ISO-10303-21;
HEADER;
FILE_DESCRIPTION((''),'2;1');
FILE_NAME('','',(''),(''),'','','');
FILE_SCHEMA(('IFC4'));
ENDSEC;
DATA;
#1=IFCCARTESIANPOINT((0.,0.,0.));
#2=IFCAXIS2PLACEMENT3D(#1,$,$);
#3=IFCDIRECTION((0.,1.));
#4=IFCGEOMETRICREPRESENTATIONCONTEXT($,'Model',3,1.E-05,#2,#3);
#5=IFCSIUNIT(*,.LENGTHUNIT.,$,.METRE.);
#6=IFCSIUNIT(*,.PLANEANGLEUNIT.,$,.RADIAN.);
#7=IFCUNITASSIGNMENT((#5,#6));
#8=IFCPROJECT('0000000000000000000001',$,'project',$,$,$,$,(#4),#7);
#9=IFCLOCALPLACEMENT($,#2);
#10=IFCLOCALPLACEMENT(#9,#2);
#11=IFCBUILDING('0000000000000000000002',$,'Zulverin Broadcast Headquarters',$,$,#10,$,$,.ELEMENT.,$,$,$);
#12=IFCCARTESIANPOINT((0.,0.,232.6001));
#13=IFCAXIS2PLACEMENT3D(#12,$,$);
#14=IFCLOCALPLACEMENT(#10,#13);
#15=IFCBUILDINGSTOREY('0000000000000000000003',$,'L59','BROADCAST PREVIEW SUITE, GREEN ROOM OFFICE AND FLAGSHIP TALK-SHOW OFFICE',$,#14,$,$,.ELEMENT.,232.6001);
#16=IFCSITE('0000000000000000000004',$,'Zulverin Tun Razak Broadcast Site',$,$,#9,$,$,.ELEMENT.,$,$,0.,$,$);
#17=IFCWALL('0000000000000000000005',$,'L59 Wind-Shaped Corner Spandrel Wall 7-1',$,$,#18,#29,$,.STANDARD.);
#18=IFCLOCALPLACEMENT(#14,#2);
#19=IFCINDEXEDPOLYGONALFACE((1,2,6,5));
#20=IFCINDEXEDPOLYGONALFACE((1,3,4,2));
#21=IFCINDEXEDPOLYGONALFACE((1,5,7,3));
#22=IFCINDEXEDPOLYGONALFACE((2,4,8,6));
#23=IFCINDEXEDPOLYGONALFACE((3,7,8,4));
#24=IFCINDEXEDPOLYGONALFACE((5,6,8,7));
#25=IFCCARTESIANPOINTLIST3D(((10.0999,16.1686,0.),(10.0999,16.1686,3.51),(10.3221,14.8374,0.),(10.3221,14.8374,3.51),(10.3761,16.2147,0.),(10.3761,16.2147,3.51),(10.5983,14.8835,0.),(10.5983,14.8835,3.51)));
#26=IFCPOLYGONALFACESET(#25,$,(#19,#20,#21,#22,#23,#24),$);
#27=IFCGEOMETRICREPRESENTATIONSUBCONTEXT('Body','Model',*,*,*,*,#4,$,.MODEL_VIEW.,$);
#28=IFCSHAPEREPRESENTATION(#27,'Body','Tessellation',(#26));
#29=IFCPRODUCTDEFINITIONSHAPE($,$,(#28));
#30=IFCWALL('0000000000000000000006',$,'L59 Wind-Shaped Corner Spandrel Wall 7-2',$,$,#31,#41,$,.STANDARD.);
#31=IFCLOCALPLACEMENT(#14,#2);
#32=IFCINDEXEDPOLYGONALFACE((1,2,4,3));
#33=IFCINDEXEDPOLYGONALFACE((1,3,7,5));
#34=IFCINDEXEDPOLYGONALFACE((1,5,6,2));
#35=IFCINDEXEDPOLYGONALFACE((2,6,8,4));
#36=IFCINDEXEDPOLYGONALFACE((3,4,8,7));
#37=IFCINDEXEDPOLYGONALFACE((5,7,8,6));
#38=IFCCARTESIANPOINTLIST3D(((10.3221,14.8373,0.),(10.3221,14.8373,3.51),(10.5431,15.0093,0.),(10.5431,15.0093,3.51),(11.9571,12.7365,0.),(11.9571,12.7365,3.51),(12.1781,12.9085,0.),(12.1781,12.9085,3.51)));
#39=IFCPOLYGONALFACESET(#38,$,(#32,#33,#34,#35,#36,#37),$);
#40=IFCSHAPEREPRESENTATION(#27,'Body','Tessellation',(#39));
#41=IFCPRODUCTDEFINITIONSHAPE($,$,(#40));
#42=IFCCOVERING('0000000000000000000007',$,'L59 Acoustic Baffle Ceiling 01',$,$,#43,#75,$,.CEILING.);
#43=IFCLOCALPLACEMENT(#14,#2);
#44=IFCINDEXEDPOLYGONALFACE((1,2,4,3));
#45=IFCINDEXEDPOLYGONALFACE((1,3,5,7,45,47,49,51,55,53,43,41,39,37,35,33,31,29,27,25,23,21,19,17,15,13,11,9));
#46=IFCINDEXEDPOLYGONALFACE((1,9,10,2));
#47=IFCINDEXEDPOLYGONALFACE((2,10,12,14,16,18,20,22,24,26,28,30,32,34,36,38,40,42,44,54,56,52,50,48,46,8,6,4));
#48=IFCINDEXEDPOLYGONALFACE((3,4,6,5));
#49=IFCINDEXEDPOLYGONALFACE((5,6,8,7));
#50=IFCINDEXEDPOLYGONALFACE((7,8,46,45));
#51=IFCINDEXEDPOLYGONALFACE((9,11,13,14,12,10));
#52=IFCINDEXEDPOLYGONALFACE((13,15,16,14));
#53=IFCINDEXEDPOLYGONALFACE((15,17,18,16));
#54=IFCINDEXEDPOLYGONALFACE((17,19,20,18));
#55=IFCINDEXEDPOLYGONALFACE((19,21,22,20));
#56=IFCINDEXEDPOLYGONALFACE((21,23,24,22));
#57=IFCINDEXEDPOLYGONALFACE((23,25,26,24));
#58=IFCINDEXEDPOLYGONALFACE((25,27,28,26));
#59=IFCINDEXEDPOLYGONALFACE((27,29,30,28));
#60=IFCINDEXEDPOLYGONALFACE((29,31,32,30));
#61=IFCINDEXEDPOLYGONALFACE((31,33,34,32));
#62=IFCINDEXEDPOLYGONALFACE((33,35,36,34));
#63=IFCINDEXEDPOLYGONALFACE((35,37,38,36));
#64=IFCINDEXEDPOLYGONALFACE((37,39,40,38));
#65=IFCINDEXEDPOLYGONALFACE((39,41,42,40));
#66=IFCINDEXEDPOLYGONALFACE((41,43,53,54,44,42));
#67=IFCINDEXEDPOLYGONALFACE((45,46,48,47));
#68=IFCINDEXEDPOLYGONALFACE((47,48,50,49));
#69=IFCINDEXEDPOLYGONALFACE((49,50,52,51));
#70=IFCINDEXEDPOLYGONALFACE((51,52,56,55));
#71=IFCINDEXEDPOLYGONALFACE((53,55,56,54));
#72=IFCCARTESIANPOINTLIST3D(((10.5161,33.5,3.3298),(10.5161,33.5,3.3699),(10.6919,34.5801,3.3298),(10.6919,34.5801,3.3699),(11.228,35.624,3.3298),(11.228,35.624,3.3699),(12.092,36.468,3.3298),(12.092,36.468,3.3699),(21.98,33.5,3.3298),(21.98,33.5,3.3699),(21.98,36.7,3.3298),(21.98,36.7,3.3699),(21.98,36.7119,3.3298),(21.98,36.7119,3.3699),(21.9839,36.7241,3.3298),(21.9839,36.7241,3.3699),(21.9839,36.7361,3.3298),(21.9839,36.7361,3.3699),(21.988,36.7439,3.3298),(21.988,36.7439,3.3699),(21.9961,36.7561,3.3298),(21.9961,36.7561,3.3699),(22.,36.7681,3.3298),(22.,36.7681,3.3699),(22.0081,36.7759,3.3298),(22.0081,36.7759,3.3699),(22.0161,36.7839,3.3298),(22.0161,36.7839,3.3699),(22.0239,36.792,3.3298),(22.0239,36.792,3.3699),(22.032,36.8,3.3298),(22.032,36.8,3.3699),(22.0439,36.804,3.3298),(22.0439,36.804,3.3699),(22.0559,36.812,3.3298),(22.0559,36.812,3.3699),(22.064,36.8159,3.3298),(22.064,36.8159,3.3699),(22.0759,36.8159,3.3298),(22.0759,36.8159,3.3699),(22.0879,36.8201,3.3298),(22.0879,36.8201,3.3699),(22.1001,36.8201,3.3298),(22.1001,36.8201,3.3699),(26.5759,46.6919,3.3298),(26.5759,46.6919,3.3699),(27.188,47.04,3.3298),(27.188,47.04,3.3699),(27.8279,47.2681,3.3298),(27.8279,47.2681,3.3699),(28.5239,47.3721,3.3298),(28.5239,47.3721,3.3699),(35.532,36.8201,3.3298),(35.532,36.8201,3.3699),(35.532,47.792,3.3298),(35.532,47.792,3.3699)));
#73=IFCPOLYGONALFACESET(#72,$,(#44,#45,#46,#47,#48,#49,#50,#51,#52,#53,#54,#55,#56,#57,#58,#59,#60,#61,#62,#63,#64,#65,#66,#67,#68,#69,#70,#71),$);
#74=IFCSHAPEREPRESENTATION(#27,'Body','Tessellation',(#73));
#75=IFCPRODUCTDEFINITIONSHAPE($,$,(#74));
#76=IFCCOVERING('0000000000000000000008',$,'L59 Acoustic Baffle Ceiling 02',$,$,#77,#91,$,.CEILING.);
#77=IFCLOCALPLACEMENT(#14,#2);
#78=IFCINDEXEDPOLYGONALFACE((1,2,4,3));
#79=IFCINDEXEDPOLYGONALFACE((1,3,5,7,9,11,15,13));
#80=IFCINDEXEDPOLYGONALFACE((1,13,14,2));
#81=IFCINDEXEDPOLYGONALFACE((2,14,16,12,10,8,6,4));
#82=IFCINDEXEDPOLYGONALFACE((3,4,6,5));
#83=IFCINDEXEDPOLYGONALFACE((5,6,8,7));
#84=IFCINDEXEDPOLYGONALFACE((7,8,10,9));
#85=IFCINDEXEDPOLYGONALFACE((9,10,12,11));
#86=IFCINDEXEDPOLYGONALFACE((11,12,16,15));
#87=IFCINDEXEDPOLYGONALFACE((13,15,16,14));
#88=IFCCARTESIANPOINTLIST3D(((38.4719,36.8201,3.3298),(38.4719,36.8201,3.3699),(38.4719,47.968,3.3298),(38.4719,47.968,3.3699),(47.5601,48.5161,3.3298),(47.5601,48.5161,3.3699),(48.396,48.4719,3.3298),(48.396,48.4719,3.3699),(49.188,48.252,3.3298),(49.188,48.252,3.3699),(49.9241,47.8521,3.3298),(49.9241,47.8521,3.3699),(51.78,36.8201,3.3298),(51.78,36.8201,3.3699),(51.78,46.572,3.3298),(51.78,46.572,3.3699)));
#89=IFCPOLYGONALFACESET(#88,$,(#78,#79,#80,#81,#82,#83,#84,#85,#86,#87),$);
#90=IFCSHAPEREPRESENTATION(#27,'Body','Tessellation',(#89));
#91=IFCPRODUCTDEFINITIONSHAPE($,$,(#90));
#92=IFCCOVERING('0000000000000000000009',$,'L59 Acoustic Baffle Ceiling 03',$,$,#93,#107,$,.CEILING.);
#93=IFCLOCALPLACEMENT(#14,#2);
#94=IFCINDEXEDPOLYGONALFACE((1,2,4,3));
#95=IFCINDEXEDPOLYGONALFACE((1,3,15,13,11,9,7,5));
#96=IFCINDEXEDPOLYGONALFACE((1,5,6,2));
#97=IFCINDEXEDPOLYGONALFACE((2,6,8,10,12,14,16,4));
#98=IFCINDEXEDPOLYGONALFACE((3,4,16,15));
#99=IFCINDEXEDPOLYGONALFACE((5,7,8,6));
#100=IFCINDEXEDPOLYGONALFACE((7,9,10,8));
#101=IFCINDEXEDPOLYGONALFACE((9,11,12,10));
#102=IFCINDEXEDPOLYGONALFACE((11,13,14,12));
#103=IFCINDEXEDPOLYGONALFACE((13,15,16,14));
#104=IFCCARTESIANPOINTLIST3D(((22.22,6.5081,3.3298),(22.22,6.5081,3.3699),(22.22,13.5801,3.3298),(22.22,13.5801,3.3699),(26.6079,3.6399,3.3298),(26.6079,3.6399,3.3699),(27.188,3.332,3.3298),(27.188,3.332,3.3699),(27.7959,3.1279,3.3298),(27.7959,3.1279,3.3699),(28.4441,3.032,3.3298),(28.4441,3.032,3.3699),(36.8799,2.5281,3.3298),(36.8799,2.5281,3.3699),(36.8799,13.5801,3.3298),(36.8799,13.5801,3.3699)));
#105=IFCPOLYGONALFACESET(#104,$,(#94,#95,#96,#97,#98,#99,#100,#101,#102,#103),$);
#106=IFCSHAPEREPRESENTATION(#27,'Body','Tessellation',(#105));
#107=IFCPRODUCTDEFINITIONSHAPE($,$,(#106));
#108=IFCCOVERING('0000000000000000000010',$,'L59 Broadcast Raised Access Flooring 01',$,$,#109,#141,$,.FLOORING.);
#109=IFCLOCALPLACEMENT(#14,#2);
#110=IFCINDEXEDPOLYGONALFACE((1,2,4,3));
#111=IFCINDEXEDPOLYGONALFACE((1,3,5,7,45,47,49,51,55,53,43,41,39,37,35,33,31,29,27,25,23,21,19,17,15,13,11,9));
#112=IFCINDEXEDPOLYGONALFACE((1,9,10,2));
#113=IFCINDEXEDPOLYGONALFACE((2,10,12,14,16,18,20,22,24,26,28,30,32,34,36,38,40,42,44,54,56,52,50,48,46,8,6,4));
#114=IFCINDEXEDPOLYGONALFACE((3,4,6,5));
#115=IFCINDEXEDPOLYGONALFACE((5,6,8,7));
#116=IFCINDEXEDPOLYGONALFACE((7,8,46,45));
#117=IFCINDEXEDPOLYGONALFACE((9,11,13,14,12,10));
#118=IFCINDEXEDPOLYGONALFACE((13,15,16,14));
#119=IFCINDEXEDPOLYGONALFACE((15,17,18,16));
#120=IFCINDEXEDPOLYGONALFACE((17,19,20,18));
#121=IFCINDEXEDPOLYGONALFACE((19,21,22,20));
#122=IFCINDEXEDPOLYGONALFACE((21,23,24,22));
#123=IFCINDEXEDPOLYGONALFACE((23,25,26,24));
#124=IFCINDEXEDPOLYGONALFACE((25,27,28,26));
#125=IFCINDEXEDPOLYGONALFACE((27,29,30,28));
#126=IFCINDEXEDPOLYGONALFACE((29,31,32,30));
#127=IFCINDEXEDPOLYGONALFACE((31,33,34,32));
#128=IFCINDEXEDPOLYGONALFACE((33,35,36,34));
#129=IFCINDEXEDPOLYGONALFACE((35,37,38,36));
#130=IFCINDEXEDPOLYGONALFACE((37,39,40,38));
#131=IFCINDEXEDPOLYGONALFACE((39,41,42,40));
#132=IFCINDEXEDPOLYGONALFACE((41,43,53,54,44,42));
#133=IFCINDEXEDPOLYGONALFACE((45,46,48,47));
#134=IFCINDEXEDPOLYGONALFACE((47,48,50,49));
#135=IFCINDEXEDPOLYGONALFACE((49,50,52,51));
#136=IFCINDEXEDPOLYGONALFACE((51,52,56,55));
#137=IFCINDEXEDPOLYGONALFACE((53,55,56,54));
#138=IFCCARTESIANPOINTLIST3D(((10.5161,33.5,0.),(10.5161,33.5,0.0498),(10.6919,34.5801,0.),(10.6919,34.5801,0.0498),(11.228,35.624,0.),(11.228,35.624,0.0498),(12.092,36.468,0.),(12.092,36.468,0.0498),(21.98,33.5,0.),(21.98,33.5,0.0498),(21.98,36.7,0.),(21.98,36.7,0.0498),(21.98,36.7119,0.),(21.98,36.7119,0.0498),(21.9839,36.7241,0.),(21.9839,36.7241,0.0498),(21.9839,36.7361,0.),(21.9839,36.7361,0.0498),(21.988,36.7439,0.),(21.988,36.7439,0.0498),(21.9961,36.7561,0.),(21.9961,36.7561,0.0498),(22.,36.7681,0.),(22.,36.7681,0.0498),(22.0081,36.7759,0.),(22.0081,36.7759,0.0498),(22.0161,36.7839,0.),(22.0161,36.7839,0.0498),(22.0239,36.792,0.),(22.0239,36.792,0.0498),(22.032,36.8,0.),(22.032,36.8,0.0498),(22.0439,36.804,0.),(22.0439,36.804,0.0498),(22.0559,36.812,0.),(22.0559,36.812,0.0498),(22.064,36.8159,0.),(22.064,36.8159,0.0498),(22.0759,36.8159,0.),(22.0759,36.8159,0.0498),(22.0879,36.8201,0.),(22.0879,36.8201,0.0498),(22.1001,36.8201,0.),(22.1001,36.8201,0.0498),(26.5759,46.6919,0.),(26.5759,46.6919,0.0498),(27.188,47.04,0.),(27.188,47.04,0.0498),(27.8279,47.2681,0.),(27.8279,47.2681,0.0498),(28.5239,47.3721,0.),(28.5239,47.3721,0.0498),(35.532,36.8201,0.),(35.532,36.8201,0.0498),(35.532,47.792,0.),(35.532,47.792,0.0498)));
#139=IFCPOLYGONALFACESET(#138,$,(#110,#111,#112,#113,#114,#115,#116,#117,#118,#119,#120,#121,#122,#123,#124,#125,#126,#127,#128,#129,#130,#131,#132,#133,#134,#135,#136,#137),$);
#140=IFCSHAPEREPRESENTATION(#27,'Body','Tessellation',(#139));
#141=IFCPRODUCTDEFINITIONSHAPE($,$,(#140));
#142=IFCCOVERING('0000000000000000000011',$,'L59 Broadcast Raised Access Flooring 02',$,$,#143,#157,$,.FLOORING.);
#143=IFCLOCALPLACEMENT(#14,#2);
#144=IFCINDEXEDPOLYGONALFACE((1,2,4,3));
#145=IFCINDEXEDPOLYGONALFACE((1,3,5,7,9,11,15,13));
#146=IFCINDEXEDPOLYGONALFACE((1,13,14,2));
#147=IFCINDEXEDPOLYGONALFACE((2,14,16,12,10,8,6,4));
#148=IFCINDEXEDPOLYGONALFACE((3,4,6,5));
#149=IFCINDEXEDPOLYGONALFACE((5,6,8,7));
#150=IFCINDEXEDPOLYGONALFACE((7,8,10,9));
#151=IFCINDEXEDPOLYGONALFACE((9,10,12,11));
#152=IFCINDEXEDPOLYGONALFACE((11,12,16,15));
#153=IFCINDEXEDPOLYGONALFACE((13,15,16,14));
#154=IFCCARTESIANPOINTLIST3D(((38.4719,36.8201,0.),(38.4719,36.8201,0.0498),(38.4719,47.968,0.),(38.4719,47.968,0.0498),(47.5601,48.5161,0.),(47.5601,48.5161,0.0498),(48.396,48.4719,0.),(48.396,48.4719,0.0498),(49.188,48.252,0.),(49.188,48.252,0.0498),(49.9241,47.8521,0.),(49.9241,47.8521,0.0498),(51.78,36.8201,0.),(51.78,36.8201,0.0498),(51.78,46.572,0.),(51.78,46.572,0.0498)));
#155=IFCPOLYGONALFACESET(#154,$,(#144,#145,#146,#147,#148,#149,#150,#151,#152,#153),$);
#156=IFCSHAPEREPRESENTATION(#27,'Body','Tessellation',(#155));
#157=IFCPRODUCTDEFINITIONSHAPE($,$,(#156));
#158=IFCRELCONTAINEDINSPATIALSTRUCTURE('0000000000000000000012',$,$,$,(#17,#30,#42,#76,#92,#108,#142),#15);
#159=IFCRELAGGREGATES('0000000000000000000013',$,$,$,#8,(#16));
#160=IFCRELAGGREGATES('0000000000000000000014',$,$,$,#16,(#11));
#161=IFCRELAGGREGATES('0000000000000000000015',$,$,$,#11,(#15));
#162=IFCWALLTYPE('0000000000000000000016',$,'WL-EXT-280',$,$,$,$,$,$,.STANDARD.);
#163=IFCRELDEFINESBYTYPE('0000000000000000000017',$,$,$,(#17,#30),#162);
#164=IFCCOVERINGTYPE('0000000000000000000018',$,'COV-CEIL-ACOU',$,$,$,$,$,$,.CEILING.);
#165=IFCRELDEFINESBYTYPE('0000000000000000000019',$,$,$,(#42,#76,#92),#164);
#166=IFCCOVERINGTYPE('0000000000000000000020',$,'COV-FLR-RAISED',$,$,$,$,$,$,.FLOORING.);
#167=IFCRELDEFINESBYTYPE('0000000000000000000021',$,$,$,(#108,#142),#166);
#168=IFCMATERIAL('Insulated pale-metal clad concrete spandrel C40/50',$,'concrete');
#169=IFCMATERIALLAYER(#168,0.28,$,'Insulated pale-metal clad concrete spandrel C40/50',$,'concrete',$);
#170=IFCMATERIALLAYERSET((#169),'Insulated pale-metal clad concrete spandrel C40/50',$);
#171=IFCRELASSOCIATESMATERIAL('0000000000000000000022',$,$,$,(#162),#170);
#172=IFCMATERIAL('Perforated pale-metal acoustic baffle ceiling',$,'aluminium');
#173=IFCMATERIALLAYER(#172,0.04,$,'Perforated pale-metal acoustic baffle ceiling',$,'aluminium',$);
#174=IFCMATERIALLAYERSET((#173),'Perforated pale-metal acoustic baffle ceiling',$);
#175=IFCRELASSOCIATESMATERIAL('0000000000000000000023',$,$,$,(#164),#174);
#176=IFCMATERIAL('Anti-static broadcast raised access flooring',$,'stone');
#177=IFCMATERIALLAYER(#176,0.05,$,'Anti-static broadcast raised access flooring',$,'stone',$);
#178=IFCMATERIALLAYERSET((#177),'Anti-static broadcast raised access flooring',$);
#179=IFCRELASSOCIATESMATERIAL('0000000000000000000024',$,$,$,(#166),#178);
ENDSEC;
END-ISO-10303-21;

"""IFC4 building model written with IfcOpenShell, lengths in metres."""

from ifc_helpers import new_model, si_unit, direction, frame, frame_2d, origin, place, context, subcontext, project, spatial, polyline, rectangle, outline, extrude, material, layer, layer_set, type_object, element, save


model = new_model("IFC4")

# Units and contexts
model_context = context("Model", 3, precision=1e-05, world=origin(), true_north=direction((0.0, 1.0)))
body_context = subcontext(model_context, "Body", "Model", "MODEL_VIEW")
ifc_project = project(units=[si_unit("LENGTHUNIT", "METRE"), si_unit("PLANEANGLEUNIT", "RADIAN")], contexts=[model_context])

# Site, building, storey
site_placement = place(None, origin())
site = spatial("IfcSite", under=ifc_project, at=site_placement, Name="Zulverin Tun Razak Broadcast Site", CompositionType="ELEMENT", RefElevation=0.0)
building_placement = place(site_placement, origin())
building = spatial("IfcBuilding", under=site, at=building_placement, Name="Zulverin Broadcast Headquarters", CompositionType="ELEMENT")
storey_placement = place(building_placement, frame((0.0, 0.0, 232.6001)))
storey = spatial("IfcBuildingStorey", under=building, at=storey_placement, Name="L59", Description="BROADCAST PREVIEW SUITE, GREEN ROOM OFFICE AND FLAGSHIP TALK-SHOW OFFICE", CompositionType="ELEMENT", Elevation=232.6001)

# Walls
ifc_material_1 = material(Name="Insulated pale-metal clad concrete spandrel C40/50", Category="concrete")
ifc_layer_1 = layer(ifc_material_1, 0.28, Name="Insulated pale-metal clad concrete spandrel C40/50", Category="concrete")
ifc_layer_set_1 = layer_set([ifc_layer_1], Name="Insulated pale-metal clad concrete spandrel C40/50")
wall_type = type_object("IfcWallType", Name="WL-EXT-280", PredefinedType="STANDARD", material=ifc_layer_set_1)
wall_1_placement = place(storey_placement, frame((10.238, 16.1917, 0.0), z_axis=(0.0, 0.0, 1.0), x_axis=(0.164604, -0.98636, 0.0)))
element("IfcWall", 1, at=wall_1_placement, inside=storey, type_object=wall_type, Name="L59 Wind-Shaped Corner Spandrel Wall 7-1", PredefinedType="STANDARD", context=body_context, shape_type="SweptSolid", body=[
    extrude(rectangle(XDim=1.3496, YDim=0.28, at=frame_2d((0.6748, 0.0))), origin(), (0.0, 0.0, 1.0), 3.51),
])
wall_2_placement = place(storey_placement, frame((10.4326, 14.9233, 0.0), z_axis=(0.0, 0.0, 1.0), x_axis=(0.614182, -0.789165, 0.0)))
element("IfcWall", 2, at=wall_2_placement, inside=storey, type_object=wall_type, Name="L59 Wind-Shaped Corner Spandrel Wall 7-2", PredefinedType="STANDARD", context=body_context, shape_type="SweptSolid", body=[
    extrude(rectangle(XDim=2.6621, YDim=0.28, at=frame_2d((1.3311, 0.0))), origin(), (0.0, 0.0, 1.0), 3.51),
])

# Coverings
ifc_material_2 = material(Name="Perforated pale-metal acoustic baffle ceiling", Category="aluminium")
ifc_layer_2 = layer(ifc_material_2, 0.04, Name="Perforated pale-metal acoustic baffle ceiling", Category="aluminium")
ifc_layer_set_2 = layer_set([ifc_layer_2], Name="Perforated pale-metal acoustic baffle ceiling")
covering_type_1 = type_object("IfcCoveringType", Name="COV-CEIL-ACOU", PredefinedType="CEILING", material=ifc_layer_set_2)
covering_1_placement = place(storey_placement, frame((0.0, 0.0, 3.3298)))
element("IfcCovering", 3, at=covering_1_placement, inside=storey, type_object=covering_type_1, Name="L59 Acoustic Baffle Ceiling 01", PredefinedType="CEILING", context=body_context, shape_type="SweptSolid", body=[
    extrude(outline(polyline([(12.092, 36.468), (11.228, 35.624), (10.6919, 34.5801), (10.5161, 33.5), (21.98, 33.5), (21.98, 36.7), (21.98, 36.7119), (21.9839, 36.7241), (21.9839, 36.7361), (21.988, 36.7439), (21.9961, 36.7561), (22.0, 36.7681), (22.0081, 36.7759), (22.0161, 36.7839), (22.0239, 36.792), (22.032, 36.8), (22.0439, 36.804), (22.0559, 36.812), (22.064, 36.8159), (22.0759, 36.8159), (22.0879, 36.8201), (22.1001, 36.8201), (35.532, 36.8201), (35.532, 47.792), (28.5239, 47.3721), (27.8279, 47.2681), (27.188, 47.04), (26.5759, 46.6919), (12.092, 36.468)])), origin(), (0.0, 0.0, 1.0), 0.04),
])
covering_2_placement = place(storey_placement, frame((0.0, 0.0, 3.3298)))
element("IfcCovering", 4, at=covering_2_placement, inside=storey, type_object=covering_type_1, Name="L59 Acoustic Baffle Ceiling 02", PredefinedType="CEILING", context=body_context, shape_type="SweptSolid", body=[
    extrude(outline(polyline([(49.188, 48.252), (48.396, 48.4719), (47.5601, 48.5161), (38.4719, 47.968), (38.4719, 36.8201), (51.78, 36.8201), (51.78, 46.572), (49.9241, 47.8521), (49.188, 48.252)])), origin(), (0.0, 0.0, 1.0), 0.04),
])
covering_3_placement = place(storey_placement, frame((0.0, 0.0, 3.3298)))
element("IfcCovering", 5, at=covering_3_placement, inside=storey, type_object=covering_type_1, Name="L59 Acoustic Baffle Ceiling 03", PredefinedType="CEILING", context=body_context, shape_type="SweptSolid", body=[
    extrude(outline(polyline([(27.188, 3.332), (27.7959, 3.1279), (28.4441, 3.032), (36.8799, 2.5281), (36.8799, 13.5801), (22.22, 13.5801), (22.22, 6.5081), (26.6079, 3.6399), (27.188, 3.332)])), origin(), (0.0, 0.0, 1.0), 0.04),
])
ifc_material_3 = material(Name="Anti-static broadcast raised access flooring", Category="stone")
ifc_layer_3 = layer(ifc_material_3, 0.05, Name="Anti-static broadcast raised access flooring", Category="stone")
ifc_layer_set_3 = layer_set([ifc_layer_3], Name="Anti-static broadcast raised access flooring")
covering_type_2 = type_object("IfcCoveringType", Name="COV-FLR-RAISED", PredefinedType="FLOORING", material=ifc_layer_set_3)
covering_4_placement = place(storey_placement, origin())
element("IfcCovering", 6, at=covering_4_placement, inside=storey, type_object=covering_type_2, Name="L59 Broadcast Raised Access Flooring 01", PredefinedType="FLOORING", context=body_context, shape_type="SweptSolid", body=[
    extrude(outline(polyline([(12.092, 36.468), (11.228, 35.624), (10.6919, 34.5801), (10.5161, 33.5), (21.98, 33.5), (21.98, 36.7), (21.98, 36.7119), (21.9839, 36.7241), (21.9839, 36.7361), (21.988, 36.7439), (21.9961, 36.7561), (22.0, 36.7681), (22.0081, 36.7759), (22.0161, 36.7839), (22.0239, 36.792), (22.032, 36.8), (22.0439, 36.804), (22.0559, 36.812), (22.064, 36.8159), (22.0759, 36.8159), (22.0879, 36.8201), (22.1001, 36.8201), (35.532, 36.8201), (35.532, 47.792), (28.5239, 47.3721), (27.8279, 47.2681), (27.188, 47.04), (26.5759, 46.6919), (12.092, 36.468)])), origin(), (0.0, 0.0, 1.0), 0.0498),
])
covering_5_placement = place(storey_placement, origin())
element("IfcCovering", 7, at=covering_5_placement, inside=storey, type_object=covering_type_2, Name="L59 Broadcast Raised Access Flooring 02", PredefinedType="FLOORING", context=body_context, shape_type="SweptSolid", body=[
    extrude(outline(polyline([(49.188, 48.252), (48.396, 48.4719), (47.5601, 48.5161), (38.4719, 47.968), (38.4719, 36.8201), (51.78, 36.8201), (51.78, 46.572), (49.9241, 47.8521), (49.188, 48.252)])), origin(), (0.0, 0.0, 1.0), 0.0498),
])

save(model, "model.ifc")
